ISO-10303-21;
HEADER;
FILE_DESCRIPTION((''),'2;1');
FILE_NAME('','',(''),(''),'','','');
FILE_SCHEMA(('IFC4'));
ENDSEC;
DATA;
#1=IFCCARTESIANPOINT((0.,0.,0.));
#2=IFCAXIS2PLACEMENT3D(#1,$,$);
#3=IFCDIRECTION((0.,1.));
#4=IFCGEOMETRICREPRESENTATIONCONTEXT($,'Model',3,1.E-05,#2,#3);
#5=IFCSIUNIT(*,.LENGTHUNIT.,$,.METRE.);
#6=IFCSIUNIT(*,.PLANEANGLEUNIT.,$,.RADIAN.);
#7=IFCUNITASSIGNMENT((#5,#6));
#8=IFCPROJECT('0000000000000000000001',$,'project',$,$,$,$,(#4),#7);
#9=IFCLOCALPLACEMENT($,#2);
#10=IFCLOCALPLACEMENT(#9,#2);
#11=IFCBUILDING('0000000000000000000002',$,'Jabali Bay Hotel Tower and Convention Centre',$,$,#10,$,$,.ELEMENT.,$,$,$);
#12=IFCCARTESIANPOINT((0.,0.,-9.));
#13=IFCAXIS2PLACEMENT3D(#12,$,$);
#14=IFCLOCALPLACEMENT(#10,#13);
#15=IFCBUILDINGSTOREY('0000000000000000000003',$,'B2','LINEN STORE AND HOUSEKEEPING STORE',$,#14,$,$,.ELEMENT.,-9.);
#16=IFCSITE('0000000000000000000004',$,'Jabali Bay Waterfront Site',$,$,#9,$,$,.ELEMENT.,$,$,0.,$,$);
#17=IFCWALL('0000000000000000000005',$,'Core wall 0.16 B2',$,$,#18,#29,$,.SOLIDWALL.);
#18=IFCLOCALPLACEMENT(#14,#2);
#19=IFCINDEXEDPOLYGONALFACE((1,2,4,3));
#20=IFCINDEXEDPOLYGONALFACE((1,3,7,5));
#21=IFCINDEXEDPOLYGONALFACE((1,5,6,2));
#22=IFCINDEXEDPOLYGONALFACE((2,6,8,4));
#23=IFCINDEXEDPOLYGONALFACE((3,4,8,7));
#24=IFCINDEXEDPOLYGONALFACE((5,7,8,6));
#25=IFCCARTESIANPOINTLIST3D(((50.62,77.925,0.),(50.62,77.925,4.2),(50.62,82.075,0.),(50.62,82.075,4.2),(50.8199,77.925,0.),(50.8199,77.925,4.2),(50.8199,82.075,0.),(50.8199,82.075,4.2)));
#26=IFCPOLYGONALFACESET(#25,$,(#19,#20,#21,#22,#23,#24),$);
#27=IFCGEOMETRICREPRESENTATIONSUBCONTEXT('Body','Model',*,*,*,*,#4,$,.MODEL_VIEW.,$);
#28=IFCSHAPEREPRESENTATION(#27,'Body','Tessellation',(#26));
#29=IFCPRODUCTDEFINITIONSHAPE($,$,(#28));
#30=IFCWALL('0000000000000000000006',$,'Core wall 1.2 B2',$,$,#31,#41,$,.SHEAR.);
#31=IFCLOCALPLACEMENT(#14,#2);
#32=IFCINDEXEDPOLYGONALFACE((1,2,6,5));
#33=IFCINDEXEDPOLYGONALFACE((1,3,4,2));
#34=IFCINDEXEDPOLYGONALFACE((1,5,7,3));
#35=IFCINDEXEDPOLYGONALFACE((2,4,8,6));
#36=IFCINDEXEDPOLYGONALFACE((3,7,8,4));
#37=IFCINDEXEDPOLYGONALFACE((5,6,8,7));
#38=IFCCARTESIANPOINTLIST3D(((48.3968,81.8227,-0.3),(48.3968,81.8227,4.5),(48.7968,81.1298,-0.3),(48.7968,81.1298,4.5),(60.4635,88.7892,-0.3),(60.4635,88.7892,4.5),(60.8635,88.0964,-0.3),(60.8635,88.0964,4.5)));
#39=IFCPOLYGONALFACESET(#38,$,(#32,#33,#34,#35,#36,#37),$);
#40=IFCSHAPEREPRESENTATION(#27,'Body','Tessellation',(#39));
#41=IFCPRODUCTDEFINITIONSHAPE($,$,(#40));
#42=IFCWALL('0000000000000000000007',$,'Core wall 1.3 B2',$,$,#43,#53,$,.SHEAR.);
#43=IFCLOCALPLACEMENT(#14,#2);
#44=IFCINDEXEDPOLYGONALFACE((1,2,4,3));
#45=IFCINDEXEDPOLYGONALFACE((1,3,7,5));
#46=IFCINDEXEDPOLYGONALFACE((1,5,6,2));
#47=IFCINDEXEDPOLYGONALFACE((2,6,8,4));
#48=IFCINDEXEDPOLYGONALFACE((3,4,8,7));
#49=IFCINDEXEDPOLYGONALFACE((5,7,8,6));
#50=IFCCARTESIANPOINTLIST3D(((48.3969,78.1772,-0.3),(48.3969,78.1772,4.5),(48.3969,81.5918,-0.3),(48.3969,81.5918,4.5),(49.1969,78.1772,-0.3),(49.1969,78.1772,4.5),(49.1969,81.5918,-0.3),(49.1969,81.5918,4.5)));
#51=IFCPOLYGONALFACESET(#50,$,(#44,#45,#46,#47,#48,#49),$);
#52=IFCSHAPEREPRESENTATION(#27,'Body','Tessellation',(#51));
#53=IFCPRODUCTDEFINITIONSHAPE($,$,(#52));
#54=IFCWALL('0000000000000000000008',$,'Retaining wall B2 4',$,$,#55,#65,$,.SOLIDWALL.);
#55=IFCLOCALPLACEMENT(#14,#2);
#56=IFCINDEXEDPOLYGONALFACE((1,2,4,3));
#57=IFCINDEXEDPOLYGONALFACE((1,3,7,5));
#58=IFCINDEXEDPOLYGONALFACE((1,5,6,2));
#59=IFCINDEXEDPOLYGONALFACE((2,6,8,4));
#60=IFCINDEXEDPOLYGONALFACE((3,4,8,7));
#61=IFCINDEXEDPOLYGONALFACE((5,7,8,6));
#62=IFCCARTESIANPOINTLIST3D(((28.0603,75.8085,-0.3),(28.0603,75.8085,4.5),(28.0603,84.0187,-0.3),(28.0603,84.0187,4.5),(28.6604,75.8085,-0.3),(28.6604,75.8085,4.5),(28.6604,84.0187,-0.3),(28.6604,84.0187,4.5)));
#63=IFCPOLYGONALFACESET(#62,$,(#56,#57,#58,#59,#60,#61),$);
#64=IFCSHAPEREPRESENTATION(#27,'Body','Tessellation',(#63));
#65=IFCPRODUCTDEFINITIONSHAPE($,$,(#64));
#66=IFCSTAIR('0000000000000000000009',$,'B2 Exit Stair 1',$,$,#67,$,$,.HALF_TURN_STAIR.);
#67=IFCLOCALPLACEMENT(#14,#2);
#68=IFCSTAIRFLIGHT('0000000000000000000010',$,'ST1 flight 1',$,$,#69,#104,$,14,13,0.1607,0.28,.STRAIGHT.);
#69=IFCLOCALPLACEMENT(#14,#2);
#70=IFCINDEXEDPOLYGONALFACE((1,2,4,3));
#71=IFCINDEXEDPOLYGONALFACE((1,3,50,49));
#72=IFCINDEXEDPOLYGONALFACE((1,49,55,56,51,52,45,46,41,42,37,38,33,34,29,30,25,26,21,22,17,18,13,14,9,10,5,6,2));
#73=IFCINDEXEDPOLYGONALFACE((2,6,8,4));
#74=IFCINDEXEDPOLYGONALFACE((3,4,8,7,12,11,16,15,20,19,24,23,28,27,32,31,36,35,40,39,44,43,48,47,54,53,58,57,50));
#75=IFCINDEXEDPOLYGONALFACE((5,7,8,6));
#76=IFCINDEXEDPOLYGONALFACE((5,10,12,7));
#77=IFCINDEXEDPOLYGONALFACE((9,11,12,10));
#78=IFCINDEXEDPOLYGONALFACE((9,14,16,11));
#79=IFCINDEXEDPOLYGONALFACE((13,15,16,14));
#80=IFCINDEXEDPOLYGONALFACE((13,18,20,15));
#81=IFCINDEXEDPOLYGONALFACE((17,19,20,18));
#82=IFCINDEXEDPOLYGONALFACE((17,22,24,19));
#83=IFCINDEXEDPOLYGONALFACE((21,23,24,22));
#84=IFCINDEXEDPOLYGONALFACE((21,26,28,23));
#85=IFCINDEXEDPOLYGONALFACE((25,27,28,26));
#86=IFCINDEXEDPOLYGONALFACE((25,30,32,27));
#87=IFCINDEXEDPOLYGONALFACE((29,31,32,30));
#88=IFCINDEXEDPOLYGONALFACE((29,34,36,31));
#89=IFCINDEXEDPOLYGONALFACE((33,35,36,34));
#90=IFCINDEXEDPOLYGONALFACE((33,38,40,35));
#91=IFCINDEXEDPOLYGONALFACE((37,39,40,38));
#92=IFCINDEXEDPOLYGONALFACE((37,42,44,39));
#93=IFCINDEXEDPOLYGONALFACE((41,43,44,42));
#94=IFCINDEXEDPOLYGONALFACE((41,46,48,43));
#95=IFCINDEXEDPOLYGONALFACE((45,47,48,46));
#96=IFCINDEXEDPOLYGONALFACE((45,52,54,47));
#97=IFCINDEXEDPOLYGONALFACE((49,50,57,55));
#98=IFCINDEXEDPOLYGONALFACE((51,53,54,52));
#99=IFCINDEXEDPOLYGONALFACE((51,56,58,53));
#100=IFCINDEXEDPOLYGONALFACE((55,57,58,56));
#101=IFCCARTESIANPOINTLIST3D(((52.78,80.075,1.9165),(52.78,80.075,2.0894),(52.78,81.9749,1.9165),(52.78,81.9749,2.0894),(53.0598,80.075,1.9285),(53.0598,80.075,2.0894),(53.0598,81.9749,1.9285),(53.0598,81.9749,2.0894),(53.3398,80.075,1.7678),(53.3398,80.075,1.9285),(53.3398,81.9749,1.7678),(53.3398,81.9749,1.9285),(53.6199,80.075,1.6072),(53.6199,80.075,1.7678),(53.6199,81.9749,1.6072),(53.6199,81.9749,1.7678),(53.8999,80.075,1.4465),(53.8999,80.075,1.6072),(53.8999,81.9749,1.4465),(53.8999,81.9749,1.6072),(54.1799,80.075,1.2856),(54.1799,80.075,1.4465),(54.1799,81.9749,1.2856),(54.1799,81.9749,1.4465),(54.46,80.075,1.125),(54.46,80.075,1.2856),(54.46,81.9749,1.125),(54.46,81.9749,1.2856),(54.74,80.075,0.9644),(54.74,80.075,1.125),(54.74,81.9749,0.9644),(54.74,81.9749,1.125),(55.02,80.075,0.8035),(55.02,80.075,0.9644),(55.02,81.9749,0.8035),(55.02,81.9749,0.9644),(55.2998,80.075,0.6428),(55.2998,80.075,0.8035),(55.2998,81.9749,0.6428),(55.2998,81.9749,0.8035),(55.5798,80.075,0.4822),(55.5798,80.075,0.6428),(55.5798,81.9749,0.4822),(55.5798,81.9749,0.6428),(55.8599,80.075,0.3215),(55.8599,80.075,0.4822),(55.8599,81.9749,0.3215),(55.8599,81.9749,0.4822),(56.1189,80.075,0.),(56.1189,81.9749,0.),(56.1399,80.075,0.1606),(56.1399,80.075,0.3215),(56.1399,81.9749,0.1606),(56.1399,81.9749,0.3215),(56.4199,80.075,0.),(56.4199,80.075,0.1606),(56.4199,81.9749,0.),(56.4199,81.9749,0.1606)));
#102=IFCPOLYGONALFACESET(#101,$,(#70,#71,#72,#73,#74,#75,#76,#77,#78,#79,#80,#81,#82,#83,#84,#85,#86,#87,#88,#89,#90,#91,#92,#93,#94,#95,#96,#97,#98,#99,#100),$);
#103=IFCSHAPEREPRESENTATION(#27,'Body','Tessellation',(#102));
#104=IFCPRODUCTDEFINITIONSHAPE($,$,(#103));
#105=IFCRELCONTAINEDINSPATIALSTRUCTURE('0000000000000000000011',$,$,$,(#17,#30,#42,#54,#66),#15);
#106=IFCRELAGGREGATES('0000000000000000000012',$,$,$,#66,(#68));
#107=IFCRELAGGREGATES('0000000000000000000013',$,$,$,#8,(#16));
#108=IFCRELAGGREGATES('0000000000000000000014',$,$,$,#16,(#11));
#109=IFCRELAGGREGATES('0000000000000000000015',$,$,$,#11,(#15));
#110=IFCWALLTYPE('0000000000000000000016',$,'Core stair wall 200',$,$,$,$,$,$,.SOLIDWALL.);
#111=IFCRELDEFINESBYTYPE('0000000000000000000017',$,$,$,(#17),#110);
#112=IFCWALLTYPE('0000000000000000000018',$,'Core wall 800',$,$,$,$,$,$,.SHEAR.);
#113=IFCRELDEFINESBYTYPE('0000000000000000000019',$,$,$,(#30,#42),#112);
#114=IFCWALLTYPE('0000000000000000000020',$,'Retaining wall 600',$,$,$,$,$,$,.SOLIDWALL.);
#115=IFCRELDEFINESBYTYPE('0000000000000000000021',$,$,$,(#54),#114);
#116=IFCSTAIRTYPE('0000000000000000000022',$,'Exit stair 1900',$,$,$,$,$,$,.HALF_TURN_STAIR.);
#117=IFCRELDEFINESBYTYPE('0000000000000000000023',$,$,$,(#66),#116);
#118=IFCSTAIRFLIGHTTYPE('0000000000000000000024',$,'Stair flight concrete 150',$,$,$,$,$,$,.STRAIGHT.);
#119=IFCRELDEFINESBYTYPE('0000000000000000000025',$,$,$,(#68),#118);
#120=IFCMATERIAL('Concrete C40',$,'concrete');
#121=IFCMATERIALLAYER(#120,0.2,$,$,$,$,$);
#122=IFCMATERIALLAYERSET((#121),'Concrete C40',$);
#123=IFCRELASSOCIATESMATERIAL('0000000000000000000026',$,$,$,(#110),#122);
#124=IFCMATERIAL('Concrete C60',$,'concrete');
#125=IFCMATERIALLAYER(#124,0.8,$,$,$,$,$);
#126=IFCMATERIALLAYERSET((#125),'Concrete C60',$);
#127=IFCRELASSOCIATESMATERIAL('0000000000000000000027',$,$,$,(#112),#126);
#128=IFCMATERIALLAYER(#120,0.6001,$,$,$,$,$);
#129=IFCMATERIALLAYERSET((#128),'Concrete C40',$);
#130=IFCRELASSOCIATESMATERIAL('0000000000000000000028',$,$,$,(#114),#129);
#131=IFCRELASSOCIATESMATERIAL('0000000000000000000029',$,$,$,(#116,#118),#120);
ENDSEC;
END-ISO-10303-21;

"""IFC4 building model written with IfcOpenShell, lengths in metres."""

from ifc_helpers import new_model, si_unit, direction, frame, frame_2d, origin, place, context, subcontext, project, spatial, polyline, rectangle, outline, extrude, material, layer, layer_set, type_object, element, aggregate, save


model = new_model("IFC4")

# Units and contexts
model_context = context("Model", 3, precision=1e-05, world=origin(), true_north=direction((0.0, 1.0)))
body_context = subcontext(model_context, "Body", "Model", "MODEL_VIEW")
ifc_project = project(units=[si_unit("LENGTHUNIT", "METRE"), si_unit("PLANEANGLEUNIT", "RADIAN")], contexts=[model_context])

# Site, building, storey
site_placement = place(None, origin())
site = spatial("IfcSite", under=ifc_project, at=site_placement, Name="Jabali Bay Waterfront Site", CompositionType="ELEMENT", RefElevation=0.0)
building_placement = place(site_placement, origin())
building = spatial("IfcBuilding", under=site, at=building_placement, Name="Jabali Bay Hotel Tower and Convention Centre", CompositionType="ELEMENT")
storey_placement = place(building_placement, frame((0.0, 0.0, -9.0)))
storey = spatial("IfcBuildingStorey", under=building, at=storey_placement, Name="B2", Description="LINEN STORE AND HOUSEKEEPING STORE", CompositionType="ELEMENT", Elevation=-9.0)

# Shared definitions
ifc_material_1 = material(Name="Concrete C60", Category="concrete")

# Shared definitions
ifc_material_2 = material(Name="Concrete C40", Category="concrete")

# Walls
ifc_layer_1 = layer(ifc_material_2, 0.2)
ifc_layer_set_1 = layer_set([ifc_layer_1], Name="Concrete C40")
wall_type_1 = type_object("IfcWallType", Name="Core stair wall 200", PredefinedType="SOLIDWALL", material=ifc_layer_set_1)
wall_1_placement = place(storey_placement, frame((50.72, 82.075, 0.0), z_axis=(0.0, 0.0, 1.0), x_axis=(0.0, -1.0, 0.0)))
element("IfcWall", 1, at=wall_1_placement, inside=storey, type_object=wall_type_1, Name="Core wall 0.16 B2", PredefinedType="SOLIDWALL", context=body_context, shape_type="SweptSolid", body=[
    extrude(rectangle(XDim=4.1499, YDim=0.2, at=frame_2d((2.075, 0.0))), origin(), (0.0, 0.0, 1.0), 4.2),
])
ifc_layer_2 = layer(ifc_material_1, 0.8)
ifc_layer_set_2 = layer_set([ifc_layer_2], Name="Concrete C60")
wall_type_2 = type_object("IfcWallType", Name="Core wall 800", PredefinedType="SHEAR", material=ifc_layer_set_2)
wall_2_placement = place(storey_placement, frame((60.6636, 88.4429, -0.3), z_axis=(0.0, 0.0, 1.0), x_axis=(-0.866029, -0.499993, 0.0)))
element("IfcWall", 2, at=wall_2_placement, inside=storey, type_object=wall_type_2, Name="Core wall 1.2 B2", PredefinedType="SHEAR", context=body_context, shape_type="SweptSolid", body=[
    extrude(rectangle(XDim=13.9333, YDim=0.8, at=frame_2d((6.9668, 0.0))), origin(), (0.0, 0.0, 1.0), 4.8),
])
wall_3_placement = place(storey_placement, frame((48.7969, 81.5918, -0.3), z_axis=(0.0, 0.0, 1.0), x_axis=(0.0, -1.0, 0.0)))
element("IfcWall", 3, at=wall_3_placement, inside=storey, type_object=wall_type_2, Name="Core wall 1.3 B2", PredefinedType="SHEAR", context=body_context, shape_type="SweptSolid", body=[
    extrude(rectangle(XDim=3.4146, YDim=0.8, at=frame_2d((1.7073, 0.0))), origin(), (0.0, 0.0, 1.0), 4.8),
])
ifc_layer_3 = layer(ifc_material_2, 0.6001)
ifc_layer_set_3 = layer_set([ifc_layer_3], Name="Concrete C40")
wall_type_3 = type_object("IfcWallType", Name="Retaining wall 600", PredefinedType="SOLIDWALL", material=ifc_layer_set_3)
wall_4_placement = place(storey_placement, frame((28.3604, 84.0186, -0.3), z_axis=(0.0, 0.0, 1.0), x_axis=(0.0, -1.0, 0.0)))
element("IfcWall", 4, at=wall_4_placement, inside=storey, type_object=wall_type_3, Name="Retaining wall B2 4", PredefinedType="SOLIDWALL", context=body_context, shape_type="SweptSolid", body=[
    extrude(rectangle(XDim=8.2102, YDim=0.6001, at=frame_2d((4.105, 0.0))), origin(), (0.0, 0.0, 1.0), 4.8),
])

# Stair, stair flight
stair_type = type_object("IfcStairType", Name="Exit stair 1900", PredefinedType="HALF_TURN_STAIR", material=ifc_material_2)
stair_placement = place(storey_placement, origin())
stair = element("IfcStair", 5, at=stair_placement, inside=storey, type_object=stair_type, Name="B2 Exit Stair 1", PredefinedType="HALF_TURN_STAIR")
stair_flight_type = type_object("IfcStairFlightType", Name="Stair flight concrete 150", PredefinedType="STRAIGHT", material=ifc_material_2)
stair_flight_placement = place(storey_placement, frame((56.4199, 81.0249, 0.0), z_axis=(0.0, 0.0, 1.0), x_axis=(-1.0, 0.0, 0.0)))
stair_flight = element("IfcStairFlight", 6, at=stair_flight_placement, type_object=stair_flight_type, Name="ST1 flight 1", NumberOfRisers=14, NumberOfTreads=13, PredefinedType="STRAIGHT", RiserHeight=0.1607, TreadLength=0.28, context=body_context, shape_type="SweptSolid", body=[
    extrude(outline(polyline([(0.0, 0.0), (0.0, 0.1606), (0.28, 0.1606), (0.28, 0.3215), (0.5601, 0.3215), (0.5601, 0.4822), (0.8401, 0.4822), (0.8401, 0.6428), (1.1201, 0.6428), (1.1201, 0.8035), (1.3999, 0.8035), (1.3999, 0.9644), (1.6799, 0.9644), (1.6799, 1.125), (1.96, 1.125), (1.96, 1.2856), (2.24, 1.2856), (2.24, 1.4465), (2.52, 1.4465), (2.52, 1.6072), (2.8, 1.6072), (2.8, 1.7678), (3.0801, 1.7678), (3.0801, 1.9285), (3.3601, 1.9285), (3.3601, 2.0894), (3.6399, 2.0894), (3.6399, 2.25), (3.6399, 1.9165), (0.301, 0.0), (0.0, 0.0)])), frame((0.0, 0.95, 0.0), z_axis=(0.0, -1.0, 0.0), x_axis=(1.0, 0.0, 0.0)), (0.0, 0.0, 1.0), 1.8999),
])
aggregate(stair, [stair_flight])

save(model, "model.ifc")
